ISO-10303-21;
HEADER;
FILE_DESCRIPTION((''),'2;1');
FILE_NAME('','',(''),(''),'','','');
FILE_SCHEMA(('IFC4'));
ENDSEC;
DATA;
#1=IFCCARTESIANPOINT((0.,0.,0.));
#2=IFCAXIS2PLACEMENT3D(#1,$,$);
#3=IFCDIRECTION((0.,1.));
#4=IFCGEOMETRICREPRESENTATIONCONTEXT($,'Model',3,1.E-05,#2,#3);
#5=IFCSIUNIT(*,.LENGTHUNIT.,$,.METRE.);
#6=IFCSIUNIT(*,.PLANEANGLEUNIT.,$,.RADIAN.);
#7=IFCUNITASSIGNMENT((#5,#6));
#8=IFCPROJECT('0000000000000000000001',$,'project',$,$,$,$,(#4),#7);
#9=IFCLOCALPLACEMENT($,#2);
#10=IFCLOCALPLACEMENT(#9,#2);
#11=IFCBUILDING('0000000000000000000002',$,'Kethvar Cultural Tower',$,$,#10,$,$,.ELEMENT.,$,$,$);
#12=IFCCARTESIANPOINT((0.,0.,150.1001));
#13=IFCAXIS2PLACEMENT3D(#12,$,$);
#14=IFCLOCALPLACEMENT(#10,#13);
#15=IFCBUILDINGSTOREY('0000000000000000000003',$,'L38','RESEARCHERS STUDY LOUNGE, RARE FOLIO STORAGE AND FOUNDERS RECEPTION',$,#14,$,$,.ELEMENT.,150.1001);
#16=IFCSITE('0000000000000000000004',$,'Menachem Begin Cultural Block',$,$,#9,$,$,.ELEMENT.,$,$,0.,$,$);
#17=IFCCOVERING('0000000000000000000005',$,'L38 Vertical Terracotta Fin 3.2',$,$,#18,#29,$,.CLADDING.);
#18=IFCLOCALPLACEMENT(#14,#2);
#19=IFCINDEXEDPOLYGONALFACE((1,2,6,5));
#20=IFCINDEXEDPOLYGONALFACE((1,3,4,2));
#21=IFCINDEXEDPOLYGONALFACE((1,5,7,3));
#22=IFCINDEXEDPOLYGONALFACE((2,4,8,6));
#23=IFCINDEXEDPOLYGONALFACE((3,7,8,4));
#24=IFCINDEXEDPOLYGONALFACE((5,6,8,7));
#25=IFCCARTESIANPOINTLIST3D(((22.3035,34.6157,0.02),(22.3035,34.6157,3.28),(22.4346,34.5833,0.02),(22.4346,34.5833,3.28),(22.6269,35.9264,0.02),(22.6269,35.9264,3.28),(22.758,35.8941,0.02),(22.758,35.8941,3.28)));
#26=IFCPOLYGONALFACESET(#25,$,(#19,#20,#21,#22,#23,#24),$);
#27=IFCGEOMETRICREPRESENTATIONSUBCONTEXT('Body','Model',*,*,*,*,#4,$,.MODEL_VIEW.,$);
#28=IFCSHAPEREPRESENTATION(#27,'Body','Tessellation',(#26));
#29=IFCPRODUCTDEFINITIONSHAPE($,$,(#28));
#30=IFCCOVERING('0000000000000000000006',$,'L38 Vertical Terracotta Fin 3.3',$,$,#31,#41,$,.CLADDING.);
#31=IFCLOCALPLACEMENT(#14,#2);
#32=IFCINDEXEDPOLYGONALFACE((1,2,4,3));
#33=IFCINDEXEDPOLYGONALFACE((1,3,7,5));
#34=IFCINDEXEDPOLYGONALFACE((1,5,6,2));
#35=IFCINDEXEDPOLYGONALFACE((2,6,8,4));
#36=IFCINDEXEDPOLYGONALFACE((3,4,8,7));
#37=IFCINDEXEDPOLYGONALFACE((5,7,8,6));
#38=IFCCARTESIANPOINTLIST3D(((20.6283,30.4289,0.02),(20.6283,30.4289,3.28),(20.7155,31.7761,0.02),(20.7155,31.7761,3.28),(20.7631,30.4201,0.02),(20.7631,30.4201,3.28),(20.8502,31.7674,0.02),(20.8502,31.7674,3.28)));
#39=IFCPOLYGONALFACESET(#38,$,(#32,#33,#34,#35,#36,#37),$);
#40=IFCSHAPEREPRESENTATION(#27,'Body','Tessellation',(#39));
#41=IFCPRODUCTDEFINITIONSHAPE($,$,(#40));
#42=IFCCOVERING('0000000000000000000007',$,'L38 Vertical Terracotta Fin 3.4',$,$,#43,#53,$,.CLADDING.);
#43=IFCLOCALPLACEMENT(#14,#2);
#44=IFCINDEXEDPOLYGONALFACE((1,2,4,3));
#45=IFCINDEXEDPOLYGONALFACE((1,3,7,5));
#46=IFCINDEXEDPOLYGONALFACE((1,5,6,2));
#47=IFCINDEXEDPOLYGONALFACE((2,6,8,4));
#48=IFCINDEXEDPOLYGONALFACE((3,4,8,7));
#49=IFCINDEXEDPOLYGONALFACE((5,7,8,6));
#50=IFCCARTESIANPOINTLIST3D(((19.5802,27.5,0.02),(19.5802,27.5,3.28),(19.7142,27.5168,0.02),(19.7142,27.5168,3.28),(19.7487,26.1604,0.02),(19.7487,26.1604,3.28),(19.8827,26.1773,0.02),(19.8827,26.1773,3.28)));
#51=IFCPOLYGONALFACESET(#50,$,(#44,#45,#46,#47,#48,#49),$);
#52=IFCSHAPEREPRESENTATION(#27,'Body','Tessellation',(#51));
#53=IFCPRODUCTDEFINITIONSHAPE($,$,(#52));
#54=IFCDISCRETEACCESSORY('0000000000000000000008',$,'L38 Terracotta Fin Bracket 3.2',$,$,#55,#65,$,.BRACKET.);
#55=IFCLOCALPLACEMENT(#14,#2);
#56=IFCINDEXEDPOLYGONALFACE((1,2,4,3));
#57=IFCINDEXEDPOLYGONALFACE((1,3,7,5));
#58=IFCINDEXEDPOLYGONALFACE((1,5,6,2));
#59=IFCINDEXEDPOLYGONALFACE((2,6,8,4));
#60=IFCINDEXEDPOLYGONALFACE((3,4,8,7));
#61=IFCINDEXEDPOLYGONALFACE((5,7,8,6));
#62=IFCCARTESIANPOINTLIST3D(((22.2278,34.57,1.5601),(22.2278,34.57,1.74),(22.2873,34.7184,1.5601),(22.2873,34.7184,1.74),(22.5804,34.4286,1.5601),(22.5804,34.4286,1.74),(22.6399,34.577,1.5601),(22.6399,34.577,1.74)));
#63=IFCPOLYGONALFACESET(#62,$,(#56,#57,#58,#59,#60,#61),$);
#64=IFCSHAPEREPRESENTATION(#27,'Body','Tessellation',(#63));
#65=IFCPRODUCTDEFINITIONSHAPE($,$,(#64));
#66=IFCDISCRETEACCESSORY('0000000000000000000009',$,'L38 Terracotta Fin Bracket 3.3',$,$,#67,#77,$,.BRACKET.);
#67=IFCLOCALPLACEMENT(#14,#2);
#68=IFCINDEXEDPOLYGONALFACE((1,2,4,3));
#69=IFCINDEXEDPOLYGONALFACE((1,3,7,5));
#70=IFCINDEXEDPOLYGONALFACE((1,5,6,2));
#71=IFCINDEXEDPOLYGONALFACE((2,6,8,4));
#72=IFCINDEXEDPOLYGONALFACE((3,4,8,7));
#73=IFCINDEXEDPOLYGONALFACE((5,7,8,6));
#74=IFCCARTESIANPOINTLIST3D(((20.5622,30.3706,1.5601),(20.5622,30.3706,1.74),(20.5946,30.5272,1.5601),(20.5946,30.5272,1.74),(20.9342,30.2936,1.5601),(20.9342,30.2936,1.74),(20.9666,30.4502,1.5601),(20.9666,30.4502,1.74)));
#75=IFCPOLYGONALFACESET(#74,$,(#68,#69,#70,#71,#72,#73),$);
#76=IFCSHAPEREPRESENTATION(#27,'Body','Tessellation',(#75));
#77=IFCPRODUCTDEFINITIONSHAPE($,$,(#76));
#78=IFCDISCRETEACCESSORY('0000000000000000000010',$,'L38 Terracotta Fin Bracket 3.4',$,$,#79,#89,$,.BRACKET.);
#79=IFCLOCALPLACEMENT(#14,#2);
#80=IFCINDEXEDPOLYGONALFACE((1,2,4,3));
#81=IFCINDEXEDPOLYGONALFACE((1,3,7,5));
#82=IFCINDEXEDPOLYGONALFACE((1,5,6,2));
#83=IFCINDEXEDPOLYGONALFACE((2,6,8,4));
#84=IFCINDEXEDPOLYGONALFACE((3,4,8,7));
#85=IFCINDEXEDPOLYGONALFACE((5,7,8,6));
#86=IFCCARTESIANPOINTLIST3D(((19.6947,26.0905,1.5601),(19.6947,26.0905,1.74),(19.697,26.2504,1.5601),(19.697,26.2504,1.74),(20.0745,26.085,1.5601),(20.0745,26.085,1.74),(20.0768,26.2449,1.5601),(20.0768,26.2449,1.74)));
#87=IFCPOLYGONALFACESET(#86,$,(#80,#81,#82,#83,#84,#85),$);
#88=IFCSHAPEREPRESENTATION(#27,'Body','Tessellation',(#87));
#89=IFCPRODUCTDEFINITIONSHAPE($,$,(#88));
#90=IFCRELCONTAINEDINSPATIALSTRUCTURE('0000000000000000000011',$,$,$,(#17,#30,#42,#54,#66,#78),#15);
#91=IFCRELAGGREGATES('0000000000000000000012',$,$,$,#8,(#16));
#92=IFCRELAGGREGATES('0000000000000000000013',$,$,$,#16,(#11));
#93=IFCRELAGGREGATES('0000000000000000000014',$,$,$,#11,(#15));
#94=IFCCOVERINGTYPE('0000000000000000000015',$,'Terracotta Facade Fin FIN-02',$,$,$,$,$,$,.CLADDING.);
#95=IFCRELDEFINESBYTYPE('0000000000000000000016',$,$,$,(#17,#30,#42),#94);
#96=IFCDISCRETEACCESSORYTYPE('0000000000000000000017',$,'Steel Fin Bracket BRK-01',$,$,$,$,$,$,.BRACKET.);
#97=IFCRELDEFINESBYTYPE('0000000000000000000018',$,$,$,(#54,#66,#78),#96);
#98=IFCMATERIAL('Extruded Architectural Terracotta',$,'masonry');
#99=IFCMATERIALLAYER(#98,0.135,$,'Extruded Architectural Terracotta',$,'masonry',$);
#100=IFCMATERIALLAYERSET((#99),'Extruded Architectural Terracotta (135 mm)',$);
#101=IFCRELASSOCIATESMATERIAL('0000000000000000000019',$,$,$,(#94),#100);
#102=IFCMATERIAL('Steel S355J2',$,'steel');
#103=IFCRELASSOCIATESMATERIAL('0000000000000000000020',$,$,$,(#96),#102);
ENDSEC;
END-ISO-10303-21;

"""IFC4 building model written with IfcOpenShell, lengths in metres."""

from ifc_helpers import new_model, si_unit, direction, frame, origin, origin_2d, place, context, subcontext, project, spatial, rectangle, extrude, source, transform, mapped, material, layer, layer_set, type_object, element, save


model = new_model("IFC4")

# Units and contexts
model_context = context("Model", 3, precision=1e-05, world=origin(), true_north=direction((0.0, 1.0)))
body_context = subcontext(model_context, "Body", "Model", "MODEL_VIEW")
ifc_project = project(units=[si_unit("LENGTHUNIT", "METRE"), si_unit("PLANEANGLEUNIT", "RADIAN")], contexts=[model_context])

# Site, building, storey
site_placement = place(None, origin())
site = spatial("IfcSite", under=ifc_project, at=site_placement, Name="Menachem Begin Cultural Block", CompositionType="ELEMENT", RefElevation=0.0)
building_placement = place(site_placement, origin())
building = spatial("IfcBuilding", under=site, at=building_placement, Name="Kethvar Cultural Tower", CompositionType="ELEMENT")
storey_placement = place(building_placement, frame((0.0, 0.0, 150.1001)))
storey = spatial("IfcBuildingStorey", under=building, at=storey_placement, Name="L38", Description="RESEARCHERS STUDY LOUNGE, RARE FOLIO STORAGE AND FOUNDERS RECEPTION", CompositionType="ELEMENT", Elevation=150.1001)

# Shared definitions
ifc_material_1 = material(Name="Steel S355J2", Category="steel")

# Coverings
ifc_material_2 = material(Name="Extruded Architectural Terracotta", Category="masonry")
ifc_layer_1 = layer(ifc_material_2, 0.135, Name="Extruded Architectural Terracotta", Category="masonry")
ifc_layer_set_1 = layer_set([ifc_layer_1], Name="Extruded Architectural Terracotta (135 mm)")
covering_type = type_object("IfcCoveringType", Name="Terracotta Facade Fin FIN-02", PredefinedType="CLADDING", material=ifc_layer_set_1)
shared_shape_1 = source(origin(), body_context, "Body", "SweptSolid", [
    extrude(rectangle(XDim=1.3501, YDim=0.135, at=origin_2d()), origin(), (0.0, 0.0, 1.0), 3.26),
])
for number, where, z_axis, x_axis, name in (
    (1, (22.5308, 35.2549, 0.02), (0.0, 0.0, 1.0), (0.23955, 0.970884, 0.0), "L38 Vertical Terracotta Fin 3.2"),
    (2, (20.7393, 31.0981, 0.02), (0.0, 0.0, 1.0), (0.064532, 0.997916, 0.0), "L38 Vertical Terracotta Fin 3.3"),
    (3, (19.7314, 26.8386, 0.02), (0.0, 0.0, 1.0), (-0.124814, 0.99218, 0.0), "L38 Vertical Terracotta Fin 3.4"),
):
    element("IfcCovering", number, at=place(storey_placement, frame(where, z_axis=z_axis, x_axis=x_axis)), inside=storey, type_object=covering_type, Name=name, PredefinedType="CLADDING", context=body_context, shape_type="MappedRepresentation", body=[
        mapped(shared_shape_1, transform((0.0, 0.0, 0.0), scale=1.0)),
    ])

# Discrete accessories
discrete_accessory_type = type_object("IfcDiscreteAccessoryType", Name="Steel Fin Bracket BRK-01", PredefinedType="BRACKET", material=ifc_material_1)
shared_shape_2 = source(origin(), body_context, "Body", "SweptSolid", [
    extrude(rectangle(XDim=0.3799, YDim=0.1599, at=origin_2d()), origin(), (0.0, 0.0, 1.0), 0.1799),
])
for number, where, z_axis, x_axis, name in (
    (4, (22.4338, 34.5735, 1.5601), (0.0, 0.0, 1.0), (-0.928096, 0.37234, 0.0), "L38 Terracotta Fin Bracket 3.2"),
    (5, (20.7644, 30.4104, 1.5601), (0.0, 0.0, 1.0), (-0.979223, 0.202787, 0.0), "L38 Terracotta Fin Bracket 3.3"),
    (6, (19.8857, 26.1677, 1.5601), (0.0, 0.0, 1.0), (-0.999895, 0.014486, 0.0), "L38 Terracotta Fin Bracket 3.4"),
):
    element("IfcDiscreteAccessory", number, at=place(storey_placement, frame(where, z_axis=z_axis, x_axis=x_axis)), inside=storey, type_object=discrete_accessory_type, Name=name, PredefinedType="BRACKET", context=body_context, shape_type="MappedRepresentation", body=[
        mapped(shared_shape_2, transform((0.0, 0.0, 0.0), scale=1.0)),
    ])

save(model, "model.ifc")
